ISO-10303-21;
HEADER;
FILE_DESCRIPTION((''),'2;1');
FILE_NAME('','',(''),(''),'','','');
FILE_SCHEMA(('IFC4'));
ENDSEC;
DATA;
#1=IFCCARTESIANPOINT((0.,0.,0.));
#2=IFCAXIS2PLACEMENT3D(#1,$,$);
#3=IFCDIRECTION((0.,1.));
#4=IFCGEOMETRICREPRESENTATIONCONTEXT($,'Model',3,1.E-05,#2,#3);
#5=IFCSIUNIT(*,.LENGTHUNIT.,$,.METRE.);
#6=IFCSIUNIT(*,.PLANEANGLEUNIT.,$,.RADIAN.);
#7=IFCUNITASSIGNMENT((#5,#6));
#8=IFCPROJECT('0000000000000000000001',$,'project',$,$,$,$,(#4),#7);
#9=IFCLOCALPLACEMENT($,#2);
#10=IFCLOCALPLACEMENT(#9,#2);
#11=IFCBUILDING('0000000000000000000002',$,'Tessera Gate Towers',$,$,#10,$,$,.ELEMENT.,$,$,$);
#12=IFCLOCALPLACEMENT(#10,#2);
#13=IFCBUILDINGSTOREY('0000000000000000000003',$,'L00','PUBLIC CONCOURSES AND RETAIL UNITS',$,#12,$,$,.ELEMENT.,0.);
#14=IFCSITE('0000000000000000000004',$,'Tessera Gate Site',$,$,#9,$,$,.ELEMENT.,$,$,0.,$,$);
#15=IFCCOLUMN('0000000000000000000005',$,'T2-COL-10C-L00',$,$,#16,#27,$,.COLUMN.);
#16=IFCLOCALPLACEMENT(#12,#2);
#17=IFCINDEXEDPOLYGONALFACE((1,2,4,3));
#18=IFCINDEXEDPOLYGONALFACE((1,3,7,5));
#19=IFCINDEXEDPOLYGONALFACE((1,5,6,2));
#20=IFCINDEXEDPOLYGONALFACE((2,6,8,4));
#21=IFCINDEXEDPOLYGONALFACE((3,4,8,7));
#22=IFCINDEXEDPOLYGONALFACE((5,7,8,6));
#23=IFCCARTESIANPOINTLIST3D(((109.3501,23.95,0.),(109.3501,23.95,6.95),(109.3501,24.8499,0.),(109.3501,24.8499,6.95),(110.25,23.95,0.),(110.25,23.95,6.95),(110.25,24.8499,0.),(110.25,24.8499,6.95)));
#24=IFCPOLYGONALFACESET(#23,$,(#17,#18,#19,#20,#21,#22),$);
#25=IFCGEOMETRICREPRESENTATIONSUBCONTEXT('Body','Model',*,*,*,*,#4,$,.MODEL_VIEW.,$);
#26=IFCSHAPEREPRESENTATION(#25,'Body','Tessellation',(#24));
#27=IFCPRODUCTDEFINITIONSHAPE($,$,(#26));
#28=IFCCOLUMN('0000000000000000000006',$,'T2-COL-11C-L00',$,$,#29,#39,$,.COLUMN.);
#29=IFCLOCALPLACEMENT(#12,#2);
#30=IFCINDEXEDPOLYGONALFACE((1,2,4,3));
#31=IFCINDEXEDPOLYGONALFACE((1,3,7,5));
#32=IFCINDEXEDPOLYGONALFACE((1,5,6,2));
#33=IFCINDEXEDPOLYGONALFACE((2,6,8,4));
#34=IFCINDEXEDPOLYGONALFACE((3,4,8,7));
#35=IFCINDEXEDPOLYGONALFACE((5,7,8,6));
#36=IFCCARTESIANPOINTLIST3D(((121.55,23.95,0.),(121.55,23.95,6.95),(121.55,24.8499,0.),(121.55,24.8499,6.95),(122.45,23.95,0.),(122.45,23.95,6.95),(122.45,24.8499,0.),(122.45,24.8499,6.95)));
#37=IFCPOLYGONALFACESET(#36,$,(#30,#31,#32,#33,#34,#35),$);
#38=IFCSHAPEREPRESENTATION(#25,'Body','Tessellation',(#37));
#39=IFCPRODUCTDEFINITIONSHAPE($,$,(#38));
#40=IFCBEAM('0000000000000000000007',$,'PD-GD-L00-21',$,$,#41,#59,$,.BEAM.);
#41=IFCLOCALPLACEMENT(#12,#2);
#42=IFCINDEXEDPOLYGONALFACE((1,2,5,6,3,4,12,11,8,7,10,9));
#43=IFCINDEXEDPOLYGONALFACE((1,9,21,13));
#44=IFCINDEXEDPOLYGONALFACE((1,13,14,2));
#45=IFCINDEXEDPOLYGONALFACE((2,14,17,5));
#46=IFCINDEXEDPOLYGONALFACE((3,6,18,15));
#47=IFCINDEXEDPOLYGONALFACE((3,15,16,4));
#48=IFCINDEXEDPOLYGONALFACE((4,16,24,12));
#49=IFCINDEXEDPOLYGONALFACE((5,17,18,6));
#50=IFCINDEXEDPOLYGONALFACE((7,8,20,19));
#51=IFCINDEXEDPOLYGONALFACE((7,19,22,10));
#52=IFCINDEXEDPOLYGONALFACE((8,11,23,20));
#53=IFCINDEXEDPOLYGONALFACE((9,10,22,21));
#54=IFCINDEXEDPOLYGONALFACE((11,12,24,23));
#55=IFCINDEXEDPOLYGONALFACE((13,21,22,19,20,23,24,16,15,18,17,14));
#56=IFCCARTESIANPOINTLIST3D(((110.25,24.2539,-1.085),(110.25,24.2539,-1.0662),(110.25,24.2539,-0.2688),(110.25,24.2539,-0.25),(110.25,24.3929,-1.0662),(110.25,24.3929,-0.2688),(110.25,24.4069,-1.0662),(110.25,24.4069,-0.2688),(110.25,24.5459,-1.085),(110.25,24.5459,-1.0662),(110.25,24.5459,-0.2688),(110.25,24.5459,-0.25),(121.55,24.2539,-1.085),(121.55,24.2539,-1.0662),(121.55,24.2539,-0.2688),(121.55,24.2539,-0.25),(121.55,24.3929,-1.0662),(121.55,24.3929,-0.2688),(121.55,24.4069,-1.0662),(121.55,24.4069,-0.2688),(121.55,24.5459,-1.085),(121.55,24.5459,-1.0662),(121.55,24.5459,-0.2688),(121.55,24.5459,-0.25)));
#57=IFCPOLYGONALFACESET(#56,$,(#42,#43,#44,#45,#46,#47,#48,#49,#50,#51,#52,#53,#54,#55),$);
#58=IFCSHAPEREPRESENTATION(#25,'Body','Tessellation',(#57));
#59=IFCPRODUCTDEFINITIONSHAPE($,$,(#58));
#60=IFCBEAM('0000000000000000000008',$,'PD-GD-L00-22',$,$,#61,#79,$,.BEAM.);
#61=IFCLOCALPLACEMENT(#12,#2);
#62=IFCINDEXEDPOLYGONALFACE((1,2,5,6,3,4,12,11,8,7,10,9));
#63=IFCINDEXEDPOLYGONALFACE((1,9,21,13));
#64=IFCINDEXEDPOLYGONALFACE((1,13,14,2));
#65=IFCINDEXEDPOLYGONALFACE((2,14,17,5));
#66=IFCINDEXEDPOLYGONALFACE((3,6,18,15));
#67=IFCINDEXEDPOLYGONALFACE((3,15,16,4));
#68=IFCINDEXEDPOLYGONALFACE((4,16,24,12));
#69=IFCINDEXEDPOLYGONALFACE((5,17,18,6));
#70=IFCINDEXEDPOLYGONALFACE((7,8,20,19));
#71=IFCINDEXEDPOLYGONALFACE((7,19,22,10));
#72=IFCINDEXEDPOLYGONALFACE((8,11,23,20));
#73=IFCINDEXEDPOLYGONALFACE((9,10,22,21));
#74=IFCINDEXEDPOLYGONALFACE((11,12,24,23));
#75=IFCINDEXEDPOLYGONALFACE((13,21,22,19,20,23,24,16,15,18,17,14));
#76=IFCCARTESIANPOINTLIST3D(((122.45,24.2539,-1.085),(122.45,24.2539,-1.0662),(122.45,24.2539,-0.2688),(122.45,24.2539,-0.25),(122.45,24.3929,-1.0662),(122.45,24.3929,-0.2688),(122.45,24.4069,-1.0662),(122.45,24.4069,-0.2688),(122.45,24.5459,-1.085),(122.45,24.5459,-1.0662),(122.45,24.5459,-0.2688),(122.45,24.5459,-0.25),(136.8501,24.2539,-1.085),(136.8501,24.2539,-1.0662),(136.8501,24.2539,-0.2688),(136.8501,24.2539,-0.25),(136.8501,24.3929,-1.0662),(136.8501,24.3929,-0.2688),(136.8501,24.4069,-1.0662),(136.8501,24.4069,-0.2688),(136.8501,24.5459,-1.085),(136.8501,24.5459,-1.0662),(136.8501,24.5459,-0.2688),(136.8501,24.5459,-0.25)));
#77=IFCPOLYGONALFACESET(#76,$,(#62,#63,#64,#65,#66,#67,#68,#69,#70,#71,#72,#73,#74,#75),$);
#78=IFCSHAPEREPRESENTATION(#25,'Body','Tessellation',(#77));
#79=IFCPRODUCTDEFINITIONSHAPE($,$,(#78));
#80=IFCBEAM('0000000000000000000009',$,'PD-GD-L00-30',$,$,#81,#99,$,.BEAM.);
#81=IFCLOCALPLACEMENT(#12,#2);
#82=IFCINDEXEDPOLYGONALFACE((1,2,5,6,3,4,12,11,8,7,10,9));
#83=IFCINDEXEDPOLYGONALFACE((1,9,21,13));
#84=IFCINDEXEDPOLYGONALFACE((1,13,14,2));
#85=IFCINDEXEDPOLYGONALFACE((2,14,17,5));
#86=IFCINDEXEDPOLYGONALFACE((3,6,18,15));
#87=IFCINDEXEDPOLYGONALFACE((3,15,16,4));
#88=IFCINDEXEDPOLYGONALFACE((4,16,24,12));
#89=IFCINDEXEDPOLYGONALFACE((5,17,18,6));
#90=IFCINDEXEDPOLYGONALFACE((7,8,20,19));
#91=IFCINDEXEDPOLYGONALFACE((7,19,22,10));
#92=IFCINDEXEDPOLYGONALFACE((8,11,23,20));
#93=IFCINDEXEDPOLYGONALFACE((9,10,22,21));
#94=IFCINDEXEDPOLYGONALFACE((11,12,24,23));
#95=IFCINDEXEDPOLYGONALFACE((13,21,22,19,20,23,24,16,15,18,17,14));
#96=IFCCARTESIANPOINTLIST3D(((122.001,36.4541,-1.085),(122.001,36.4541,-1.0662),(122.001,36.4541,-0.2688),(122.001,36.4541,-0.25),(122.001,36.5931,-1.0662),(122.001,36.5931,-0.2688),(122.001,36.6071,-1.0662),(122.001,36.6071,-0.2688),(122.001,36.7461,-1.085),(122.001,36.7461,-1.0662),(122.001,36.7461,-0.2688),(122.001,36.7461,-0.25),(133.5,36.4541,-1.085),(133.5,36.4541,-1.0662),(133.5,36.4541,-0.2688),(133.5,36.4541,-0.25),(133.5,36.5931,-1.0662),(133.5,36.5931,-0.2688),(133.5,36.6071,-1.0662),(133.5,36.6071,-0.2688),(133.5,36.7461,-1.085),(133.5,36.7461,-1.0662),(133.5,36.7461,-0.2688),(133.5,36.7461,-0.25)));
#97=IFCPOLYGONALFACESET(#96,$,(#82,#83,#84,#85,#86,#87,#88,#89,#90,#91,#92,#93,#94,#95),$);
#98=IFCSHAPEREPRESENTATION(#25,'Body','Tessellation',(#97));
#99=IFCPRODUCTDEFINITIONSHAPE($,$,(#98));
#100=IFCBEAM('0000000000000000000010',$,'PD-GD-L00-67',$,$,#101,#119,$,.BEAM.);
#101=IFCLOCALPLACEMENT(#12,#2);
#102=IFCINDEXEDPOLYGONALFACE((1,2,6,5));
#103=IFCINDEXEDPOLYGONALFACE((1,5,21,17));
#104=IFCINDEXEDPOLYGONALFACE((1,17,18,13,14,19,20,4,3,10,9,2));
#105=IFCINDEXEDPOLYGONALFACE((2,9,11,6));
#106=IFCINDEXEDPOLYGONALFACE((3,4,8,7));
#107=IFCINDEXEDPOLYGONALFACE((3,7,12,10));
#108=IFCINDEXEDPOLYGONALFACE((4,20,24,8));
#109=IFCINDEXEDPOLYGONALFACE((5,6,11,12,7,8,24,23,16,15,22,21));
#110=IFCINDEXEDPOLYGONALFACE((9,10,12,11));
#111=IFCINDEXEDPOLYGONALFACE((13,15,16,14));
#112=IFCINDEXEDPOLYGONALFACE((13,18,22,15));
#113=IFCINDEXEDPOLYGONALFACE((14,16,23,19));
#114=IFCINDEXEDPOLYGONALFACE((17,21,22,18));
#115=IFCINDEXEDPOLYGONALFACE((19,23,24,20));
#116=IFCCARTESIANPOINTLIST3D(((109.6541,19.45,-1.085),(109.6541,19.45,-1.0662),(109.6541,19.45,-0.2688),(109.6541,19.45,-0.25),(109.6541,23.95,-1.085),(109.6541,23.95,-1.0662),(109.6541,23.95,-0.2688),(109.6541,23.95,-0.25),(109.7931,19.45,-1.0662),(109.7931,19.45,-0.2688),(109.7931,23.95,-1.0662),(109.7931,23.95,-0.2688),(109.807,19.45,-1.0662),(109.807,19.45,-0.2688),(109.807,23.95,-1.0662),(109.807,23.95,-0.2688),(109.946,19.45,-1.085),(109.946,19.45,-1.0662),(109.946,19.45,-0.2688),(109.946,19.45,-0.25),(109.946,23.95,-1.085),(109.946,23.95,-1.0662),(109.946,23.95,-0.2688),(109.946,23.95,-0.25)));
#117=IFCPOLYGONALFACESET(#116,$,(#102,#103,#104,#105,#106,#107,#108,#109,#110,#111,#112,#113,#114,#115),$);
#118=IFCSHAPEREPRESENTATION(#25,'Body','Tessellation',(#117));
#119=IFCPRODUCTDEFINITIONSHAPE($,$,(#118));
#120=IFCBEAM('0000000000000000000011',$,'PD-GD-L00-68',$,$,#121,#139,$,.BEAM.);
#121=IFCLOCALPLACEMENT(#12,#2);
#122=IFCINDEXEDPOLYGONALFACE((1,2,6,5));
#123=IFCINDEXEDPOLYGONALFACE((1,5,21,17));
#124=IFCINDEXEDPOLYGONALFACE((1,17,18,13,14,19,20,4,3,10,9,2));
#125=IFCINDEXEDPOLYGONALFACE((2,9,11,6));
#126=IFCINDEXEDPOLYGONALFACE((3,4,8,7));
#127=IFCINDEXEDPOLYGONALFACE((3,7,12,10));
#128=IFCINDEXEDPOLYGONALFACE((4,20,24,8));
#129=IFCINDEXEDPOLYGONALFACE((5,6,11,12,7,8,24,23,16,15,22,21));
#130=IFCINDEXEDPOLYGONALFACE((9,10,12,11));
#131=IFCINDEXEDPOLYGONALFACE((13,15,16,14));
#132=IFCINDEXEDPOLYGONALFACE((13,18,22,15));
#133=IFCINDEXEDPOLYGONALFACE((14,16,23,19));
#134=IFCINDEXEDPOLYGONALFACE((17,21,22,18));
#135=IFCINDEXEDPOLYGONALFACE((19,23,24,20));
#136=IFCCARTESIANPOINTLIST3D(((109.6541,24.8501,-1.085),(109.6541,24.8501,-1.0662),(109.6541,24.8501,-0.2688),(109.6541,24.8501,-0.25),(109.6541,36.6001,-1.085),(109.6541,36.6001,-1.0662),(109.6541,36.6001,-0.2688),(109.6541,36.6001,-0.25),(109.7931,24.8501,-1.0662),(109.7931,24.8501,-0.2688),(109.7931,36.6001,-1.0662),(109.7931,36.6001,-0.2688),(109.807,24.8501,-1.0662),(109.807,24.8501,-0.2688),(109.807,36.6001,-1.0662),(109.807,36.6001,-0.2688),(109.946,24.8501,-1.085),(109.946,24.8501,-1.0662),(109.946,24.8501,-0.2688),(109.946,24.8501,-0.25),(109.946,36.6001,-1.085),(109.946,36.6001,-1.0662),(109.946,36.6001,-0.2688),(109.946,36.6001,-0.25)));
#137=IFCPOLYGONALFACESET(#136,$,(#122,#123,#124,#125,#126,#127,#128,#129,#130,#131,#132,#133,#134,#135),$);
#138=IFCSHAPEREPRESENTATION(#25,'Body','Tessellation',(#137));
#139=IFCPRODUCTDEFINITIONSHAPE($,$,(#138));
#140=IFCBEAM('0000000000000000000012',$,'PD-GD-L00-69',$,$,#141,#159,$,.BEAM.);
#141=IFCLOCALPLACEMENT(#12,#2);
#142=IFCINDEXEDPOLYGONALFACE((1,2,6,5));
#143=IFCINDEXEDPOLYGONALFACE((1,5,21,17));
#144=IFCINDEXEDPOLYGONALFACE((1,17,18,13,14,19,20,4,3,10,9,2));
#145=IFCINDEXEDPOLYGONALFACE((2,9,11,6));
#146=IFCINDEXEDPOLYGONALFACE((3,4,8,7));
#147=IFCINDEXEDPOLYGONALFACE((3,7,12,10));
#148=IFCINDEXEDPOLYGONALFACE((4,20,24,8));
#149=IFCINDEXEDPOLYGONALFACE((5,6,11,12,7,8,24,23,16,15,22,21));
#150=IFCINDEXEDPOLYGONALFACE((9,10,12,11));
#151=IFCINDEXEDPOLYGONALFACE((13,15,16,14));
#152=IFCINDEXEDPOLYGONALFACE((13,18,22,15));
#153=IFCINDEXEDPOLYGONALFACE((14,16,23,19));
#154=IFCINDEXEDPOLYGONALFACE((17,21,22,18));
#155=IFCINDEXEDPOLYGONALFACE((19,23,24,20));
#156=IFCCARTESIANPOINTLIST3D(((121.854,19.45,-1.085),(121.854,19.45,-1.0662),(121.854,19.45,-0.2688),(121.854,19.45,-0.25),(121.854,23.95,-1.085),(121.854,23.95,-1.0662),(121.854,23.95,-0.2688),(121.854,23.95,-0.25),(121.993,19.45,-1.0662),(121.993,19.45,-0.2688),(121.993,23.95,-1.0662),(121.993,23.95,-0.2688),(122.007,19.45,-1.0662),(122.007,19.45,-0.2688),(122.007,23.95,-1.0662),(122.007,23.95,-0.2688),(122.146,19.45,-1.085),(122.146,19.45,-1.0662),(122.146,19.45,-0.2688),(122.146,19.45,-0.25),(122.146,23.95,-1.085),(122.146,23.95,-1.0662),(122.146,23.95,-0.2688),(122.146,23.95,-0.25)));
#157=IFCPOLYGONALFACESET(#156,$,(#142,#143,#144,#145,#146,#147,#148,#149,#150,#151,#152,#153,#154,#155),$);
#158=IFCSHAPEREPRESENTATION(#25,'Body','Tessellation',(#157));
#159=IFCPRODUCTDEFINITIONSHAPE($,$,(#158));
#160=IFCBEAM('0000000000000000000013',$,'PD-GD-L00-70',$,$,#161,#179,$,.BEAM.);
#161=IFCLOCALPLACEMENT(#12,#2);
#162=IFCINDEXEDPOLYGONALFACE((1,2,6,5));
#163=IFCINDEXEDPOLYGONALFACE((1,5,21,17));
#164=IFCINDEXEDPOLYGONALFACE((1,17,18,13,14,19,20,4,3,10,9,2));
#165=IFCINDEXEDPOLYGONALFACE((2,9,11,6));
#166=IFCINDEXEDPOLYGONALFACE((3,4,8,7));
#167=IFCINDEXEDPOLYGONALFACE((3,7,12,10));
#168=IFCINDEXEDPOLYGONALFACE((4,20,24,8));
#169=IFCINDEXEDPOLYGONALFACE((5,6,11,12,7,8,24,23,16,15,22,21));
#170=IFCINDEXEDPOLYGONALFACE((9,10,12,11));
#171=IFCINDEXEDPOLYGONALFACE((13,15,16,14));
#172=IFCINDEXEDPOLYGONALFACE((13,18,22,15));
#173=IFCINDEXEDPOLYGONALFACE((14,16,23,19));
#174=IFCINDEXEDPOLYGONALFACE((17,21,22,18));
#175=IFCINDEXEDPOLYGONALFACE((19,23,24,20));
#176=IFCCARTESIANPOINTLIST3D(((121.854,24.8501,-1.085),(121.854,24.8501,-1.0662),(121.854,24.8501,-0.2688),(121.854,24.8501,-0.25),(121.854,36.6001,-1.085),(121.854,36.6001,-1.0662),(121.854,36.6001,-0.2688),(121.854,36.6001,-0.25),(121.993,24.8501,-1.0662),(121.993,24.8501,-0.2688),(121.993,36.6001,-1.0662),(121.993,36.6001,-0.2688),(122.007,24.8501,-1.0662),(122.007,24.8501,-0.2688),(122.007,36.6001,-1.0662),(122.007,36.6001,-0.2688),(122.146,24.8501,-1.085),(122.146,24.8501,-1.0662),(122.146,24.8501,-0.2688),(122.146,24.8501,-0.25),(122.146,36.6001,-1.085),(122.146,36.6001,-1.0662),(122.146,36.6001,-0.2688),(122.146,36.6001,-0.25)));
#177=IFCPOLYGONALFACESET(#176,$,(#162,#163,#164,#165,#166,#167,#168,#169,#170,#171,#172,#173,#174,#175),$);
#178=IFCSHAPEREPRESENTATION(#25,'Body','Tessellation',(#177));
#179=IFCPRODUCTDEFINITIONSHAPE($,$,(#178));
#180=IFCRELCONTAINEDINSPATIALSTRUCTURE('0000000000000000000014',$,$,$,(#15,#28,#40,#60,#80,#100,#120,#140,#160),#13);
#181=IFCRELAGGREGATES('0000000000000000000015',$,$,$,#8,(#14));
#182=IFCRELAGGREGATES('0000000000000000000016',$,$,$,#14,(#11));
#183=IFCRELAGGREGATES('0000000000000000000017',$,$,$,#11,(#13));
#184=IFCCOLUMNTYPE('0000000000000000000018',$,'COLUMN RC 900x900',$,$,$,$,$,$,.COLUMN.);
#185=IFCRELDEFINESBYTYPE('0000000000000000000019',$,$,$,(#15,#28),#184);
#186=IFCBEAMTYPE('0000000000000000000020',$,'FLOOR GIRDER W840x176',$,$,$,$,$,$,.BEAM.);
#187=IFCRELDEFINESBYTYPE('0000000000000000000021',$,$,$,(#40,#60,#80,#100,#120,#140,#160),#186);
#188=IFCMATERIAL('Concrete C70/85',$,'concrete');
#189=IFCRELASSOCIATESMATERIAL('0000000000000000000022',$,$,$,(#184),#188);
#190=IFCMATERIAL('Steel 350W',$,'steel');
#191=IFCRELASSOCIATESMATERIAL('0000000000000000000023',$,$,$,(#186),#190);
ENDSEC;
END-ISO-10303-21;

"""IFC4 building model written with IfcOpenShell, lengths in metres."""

from ifc_helpers import new_model, si_unit, direction, frame, origin, origin_2d, place, context, subcontext, project, spatial, rectangle, i_section, extrude, material, material_profile, profile_set, type_object, element, save


model = new_model("IFC4")

# Units and contexts
model_context = context("Model", 3, precision=1e-05, world=origin(), true_north=direction((0.0, 1.0)))
body_context = subcontext(model_context, "Body", "Model", "MODEL_VIEW")
ifc_project = project(units=[si_unit("LENGTHUNIT", "METRE"), si_unit("PLANEANGLEUNIT", "RADIAN")], contexts=[model_context])

# Site, building, storey
site_placement = place(None, origin())
site = spatial("IfcSite", under=ifc_project, at=site_placement, Name="Tessera Gate Site", CompositionType="ELEMENT", RefElevation=0.0)
building_placement = place(site_placement, origin())
building = spatial("IfcBuilding", under=site, at=building_placement, Name="Tessera Gate Towers", CompositionType="ELEMENT")
storey_placement = place(building_placement, origin())
storey = spatial("IfcBuildingStorey", under=building, at=storey_placement, Name="L00", Description="PUBLIC CONCOURSES AND RETAIL UNITS", CompositionType="ELEMENT", Elevation=0.0)

# Columns
ifc_material_1 = material(Name="Concrete C70/85", Category="concrete")
ifc_material_profile_1 = material_profile(ifc_material_1, rectangle(XDim=0.8999, YDim=0.8999, at=origin_2d()), Name="RC 900x900")
ifc_profile_set_1 = profile_set([ifc_material_profile_1], Name="Concrete C70/85")
column_type = type_object("IfcColumnType", Name="COLUMN RC 900x900", PredefinedType="COLUMN", material=ifc_profile_set_1)
for number, where, z_axis, x_axis, name in (
    (1, (109.8, 24.3999, 0.0), (0.0, 0.0, 1.0), (1.0, 0.0, 0.0), "T2-COL-10C-L00"),
    (2, (122.0, 24.3999, 0.0), (0.0, 0.0, 1.0), (1.0, 0.0, 0.0), "T2-COL-11C-L00"),
):
    element("IfcColumn", number, at=place(storey_placement, frame(where, z_axis=z_axis, x_axis=x_axis)), inside=storey, type_object=column_type, Name=name, PredefinedType="COLUMN", context=body_context, shape_type="SweptSolid", body=[
        extrude(rectangle(XDim=0.8999, YDim=0.8999, at=origin_2d()), origin(), (0.0, 0.0, 1.0), 6.95),
    ])

# Beams
ifc_material_2 = material(Name="Steel 350W", Category="steel")
ifc_material_profile_2 = material_profile(ifc_material_2, i_section(OverallWidth=0.292, OverallDepth=0.835, WebThickness=0.0139, FlangeThickness=0.0188, at=origin_2d()), Name="W840x176")
ifc_profile_set_2 = profile_set([ifc_material_profile_2], Name="Steel 350W")
beam_type_1 = type_object("IfcBeamType", Name="FLOOR GIRDER W840x176", PredefinedType="BEAM", material=ifc_profile_set_2)
beam_1_placement = place(storey_placement, frame((110.25, 24.3999, -0.6675), z_axis=(1.0, 0.0, 0.0), x_axis=(0.0, 1.0, 0.0)))
element("IfcBeam", 3, at=beam_1_placement, inside=storey, type_object=beam_type_1, Name="PD-GD-L00-21", PredefinedType="BEAM", context=body_context, shape_type="SweptSolid", body=[
    extrude(i_section(OverallWidth=0.292, OverallDepth=0.835, WebThickness=0.0139, FlangeThickness=0.0188, at=origin_2d()), origin(), (0.0, 0.0, 1.0), 11.3),
])
beam_2_placement = place(storey_placement, frame((122.45, 24.3999, -0.6675), z_axis=(1.0, 0.0, 0.0), x_axis=(0.0, 1.0, 0.0)))
element("IfcBeam", 4, at=beam_2_placement, inside=storey, type_object=beam_type_1, Name="PD-GD-L00-22", PredefinedType="BEAM", context=body_context, shape_type="SweptSolid", body=[
    extrude(i_section(OverallWidth=0.292, OverallDepth=0.835, WebThickness=0.0139, FlangeThickness=0.0188, at=origin_2d()), origin(), (0.0, 0.0, 1.0), 14.4001),
])
beam_3_placement = place(storey_placement, frame((122.001, 36.6001, -0.6675), z_axis=(1.0, 0.0, 0.0), x_axis=(0.0, 1.0, 0.0)))
element("IfcBeam", 5, at=beam_3_placement, inside=storey, type_object=beam_type_1, Name="PD-GD-L00-30", PredefinedType="BEAM", context=body_context, shape_type="SweptSolid", body=[
    extrude(i_section(OverallWidth=0.292, OverallDepth=0.835, WebThickness=0.0139, FlangeThickness=0.0188, at=origin_2d()), origin(), (0.0, 0.0, 1.0), 11.499),
])
beam_4_placement = place(storey_placement, frame((109.8, 19.45, -0.6675), z_axis=(0.0, 1.0, 0.0), x_axis=(-1.0, 0.0, 0.0)))
element("IfcBeam", 6, at=beam_4_placement, inside=storey, type_object=beam_type_1, Name="PD-GD-L00-67", PredefinedType="BEAM", context=body_context, shape_type="SweptSolid", body=[
    extrude(i_section(OverallWidth=0.292, OverallDepth=0.835, WebThickness=0.0139, FlangeThickness=0.0188, at=origin_2d()), origin(), (0.0, 0.0, 1.0), 4.5),
])
beam_5_placement = place(storey_placement, frame((109.8, 24.8501, -0.6675), z_axis=(0.0, 1.0, 0.0), x_axis=(-1.0, 0.0, 0.0)))
element("IfcBeam", 7, at=beam_5_placement, inside=storey, type_object=beam_type_1, Name="PD-GD-L00-68", PredefinedType="BEAM", context=body_context, shape_type="SweptSolid", body=[
    extrude(i_section(OverallWidth=0.292, OverallDepth=0.835, WebThickness=0.0139, FlangeThickness=0.0188, at=origin_2d()), origin(), (0.0, 0.0, 1.0), 11.75),
])
beam_6_placement = place(storey_placement, frame((122.0, 19.45, -0.6675), z_axis=(0.0, 1.0, 0.0), x_axis=(-1.0, 0.0, 0.0)))
element("IfcBeam", 8, at=beam_6_placement, inside=storey, type_object=beam_type_1, Name="PD-GD-L00-69", PredefinedType="BEAM", context=body_context, shape_type="SweptSolid", body=[
    extrude(i_section(OverallWidth=0.292, OverallDepth=0.835, WebThickness=0.0139, FlangeThickness=0.0188, at=origin_2d()), origin(), (0.0, 0.0, 1.0), 4.5),
])
beam_7_placement = place(storey_placement, frame((122.0, 24.8501, -0.6675), z_axis=(0.0, 1.0, 0.0), x_axis=(-1.0, 0.0, 0.0)))
element("IfcBeam", 9, at=beam_7_placement, inside=storey, type_object=beam_type_1, Name="PD-GD-L00-70", PredefinedType="BEAM", context=body_context, shape_type="SweptSolid", body=[
    extrude(i_section(OverallWidth=0.292, OverallDepth=0.835, WebThickness=0.0139, FlangeThickness=0.0188, at=origin_2d()), origin(), (0.0, 0.0, 1.0), 11.75),
])

save(model, "model.ifc")
